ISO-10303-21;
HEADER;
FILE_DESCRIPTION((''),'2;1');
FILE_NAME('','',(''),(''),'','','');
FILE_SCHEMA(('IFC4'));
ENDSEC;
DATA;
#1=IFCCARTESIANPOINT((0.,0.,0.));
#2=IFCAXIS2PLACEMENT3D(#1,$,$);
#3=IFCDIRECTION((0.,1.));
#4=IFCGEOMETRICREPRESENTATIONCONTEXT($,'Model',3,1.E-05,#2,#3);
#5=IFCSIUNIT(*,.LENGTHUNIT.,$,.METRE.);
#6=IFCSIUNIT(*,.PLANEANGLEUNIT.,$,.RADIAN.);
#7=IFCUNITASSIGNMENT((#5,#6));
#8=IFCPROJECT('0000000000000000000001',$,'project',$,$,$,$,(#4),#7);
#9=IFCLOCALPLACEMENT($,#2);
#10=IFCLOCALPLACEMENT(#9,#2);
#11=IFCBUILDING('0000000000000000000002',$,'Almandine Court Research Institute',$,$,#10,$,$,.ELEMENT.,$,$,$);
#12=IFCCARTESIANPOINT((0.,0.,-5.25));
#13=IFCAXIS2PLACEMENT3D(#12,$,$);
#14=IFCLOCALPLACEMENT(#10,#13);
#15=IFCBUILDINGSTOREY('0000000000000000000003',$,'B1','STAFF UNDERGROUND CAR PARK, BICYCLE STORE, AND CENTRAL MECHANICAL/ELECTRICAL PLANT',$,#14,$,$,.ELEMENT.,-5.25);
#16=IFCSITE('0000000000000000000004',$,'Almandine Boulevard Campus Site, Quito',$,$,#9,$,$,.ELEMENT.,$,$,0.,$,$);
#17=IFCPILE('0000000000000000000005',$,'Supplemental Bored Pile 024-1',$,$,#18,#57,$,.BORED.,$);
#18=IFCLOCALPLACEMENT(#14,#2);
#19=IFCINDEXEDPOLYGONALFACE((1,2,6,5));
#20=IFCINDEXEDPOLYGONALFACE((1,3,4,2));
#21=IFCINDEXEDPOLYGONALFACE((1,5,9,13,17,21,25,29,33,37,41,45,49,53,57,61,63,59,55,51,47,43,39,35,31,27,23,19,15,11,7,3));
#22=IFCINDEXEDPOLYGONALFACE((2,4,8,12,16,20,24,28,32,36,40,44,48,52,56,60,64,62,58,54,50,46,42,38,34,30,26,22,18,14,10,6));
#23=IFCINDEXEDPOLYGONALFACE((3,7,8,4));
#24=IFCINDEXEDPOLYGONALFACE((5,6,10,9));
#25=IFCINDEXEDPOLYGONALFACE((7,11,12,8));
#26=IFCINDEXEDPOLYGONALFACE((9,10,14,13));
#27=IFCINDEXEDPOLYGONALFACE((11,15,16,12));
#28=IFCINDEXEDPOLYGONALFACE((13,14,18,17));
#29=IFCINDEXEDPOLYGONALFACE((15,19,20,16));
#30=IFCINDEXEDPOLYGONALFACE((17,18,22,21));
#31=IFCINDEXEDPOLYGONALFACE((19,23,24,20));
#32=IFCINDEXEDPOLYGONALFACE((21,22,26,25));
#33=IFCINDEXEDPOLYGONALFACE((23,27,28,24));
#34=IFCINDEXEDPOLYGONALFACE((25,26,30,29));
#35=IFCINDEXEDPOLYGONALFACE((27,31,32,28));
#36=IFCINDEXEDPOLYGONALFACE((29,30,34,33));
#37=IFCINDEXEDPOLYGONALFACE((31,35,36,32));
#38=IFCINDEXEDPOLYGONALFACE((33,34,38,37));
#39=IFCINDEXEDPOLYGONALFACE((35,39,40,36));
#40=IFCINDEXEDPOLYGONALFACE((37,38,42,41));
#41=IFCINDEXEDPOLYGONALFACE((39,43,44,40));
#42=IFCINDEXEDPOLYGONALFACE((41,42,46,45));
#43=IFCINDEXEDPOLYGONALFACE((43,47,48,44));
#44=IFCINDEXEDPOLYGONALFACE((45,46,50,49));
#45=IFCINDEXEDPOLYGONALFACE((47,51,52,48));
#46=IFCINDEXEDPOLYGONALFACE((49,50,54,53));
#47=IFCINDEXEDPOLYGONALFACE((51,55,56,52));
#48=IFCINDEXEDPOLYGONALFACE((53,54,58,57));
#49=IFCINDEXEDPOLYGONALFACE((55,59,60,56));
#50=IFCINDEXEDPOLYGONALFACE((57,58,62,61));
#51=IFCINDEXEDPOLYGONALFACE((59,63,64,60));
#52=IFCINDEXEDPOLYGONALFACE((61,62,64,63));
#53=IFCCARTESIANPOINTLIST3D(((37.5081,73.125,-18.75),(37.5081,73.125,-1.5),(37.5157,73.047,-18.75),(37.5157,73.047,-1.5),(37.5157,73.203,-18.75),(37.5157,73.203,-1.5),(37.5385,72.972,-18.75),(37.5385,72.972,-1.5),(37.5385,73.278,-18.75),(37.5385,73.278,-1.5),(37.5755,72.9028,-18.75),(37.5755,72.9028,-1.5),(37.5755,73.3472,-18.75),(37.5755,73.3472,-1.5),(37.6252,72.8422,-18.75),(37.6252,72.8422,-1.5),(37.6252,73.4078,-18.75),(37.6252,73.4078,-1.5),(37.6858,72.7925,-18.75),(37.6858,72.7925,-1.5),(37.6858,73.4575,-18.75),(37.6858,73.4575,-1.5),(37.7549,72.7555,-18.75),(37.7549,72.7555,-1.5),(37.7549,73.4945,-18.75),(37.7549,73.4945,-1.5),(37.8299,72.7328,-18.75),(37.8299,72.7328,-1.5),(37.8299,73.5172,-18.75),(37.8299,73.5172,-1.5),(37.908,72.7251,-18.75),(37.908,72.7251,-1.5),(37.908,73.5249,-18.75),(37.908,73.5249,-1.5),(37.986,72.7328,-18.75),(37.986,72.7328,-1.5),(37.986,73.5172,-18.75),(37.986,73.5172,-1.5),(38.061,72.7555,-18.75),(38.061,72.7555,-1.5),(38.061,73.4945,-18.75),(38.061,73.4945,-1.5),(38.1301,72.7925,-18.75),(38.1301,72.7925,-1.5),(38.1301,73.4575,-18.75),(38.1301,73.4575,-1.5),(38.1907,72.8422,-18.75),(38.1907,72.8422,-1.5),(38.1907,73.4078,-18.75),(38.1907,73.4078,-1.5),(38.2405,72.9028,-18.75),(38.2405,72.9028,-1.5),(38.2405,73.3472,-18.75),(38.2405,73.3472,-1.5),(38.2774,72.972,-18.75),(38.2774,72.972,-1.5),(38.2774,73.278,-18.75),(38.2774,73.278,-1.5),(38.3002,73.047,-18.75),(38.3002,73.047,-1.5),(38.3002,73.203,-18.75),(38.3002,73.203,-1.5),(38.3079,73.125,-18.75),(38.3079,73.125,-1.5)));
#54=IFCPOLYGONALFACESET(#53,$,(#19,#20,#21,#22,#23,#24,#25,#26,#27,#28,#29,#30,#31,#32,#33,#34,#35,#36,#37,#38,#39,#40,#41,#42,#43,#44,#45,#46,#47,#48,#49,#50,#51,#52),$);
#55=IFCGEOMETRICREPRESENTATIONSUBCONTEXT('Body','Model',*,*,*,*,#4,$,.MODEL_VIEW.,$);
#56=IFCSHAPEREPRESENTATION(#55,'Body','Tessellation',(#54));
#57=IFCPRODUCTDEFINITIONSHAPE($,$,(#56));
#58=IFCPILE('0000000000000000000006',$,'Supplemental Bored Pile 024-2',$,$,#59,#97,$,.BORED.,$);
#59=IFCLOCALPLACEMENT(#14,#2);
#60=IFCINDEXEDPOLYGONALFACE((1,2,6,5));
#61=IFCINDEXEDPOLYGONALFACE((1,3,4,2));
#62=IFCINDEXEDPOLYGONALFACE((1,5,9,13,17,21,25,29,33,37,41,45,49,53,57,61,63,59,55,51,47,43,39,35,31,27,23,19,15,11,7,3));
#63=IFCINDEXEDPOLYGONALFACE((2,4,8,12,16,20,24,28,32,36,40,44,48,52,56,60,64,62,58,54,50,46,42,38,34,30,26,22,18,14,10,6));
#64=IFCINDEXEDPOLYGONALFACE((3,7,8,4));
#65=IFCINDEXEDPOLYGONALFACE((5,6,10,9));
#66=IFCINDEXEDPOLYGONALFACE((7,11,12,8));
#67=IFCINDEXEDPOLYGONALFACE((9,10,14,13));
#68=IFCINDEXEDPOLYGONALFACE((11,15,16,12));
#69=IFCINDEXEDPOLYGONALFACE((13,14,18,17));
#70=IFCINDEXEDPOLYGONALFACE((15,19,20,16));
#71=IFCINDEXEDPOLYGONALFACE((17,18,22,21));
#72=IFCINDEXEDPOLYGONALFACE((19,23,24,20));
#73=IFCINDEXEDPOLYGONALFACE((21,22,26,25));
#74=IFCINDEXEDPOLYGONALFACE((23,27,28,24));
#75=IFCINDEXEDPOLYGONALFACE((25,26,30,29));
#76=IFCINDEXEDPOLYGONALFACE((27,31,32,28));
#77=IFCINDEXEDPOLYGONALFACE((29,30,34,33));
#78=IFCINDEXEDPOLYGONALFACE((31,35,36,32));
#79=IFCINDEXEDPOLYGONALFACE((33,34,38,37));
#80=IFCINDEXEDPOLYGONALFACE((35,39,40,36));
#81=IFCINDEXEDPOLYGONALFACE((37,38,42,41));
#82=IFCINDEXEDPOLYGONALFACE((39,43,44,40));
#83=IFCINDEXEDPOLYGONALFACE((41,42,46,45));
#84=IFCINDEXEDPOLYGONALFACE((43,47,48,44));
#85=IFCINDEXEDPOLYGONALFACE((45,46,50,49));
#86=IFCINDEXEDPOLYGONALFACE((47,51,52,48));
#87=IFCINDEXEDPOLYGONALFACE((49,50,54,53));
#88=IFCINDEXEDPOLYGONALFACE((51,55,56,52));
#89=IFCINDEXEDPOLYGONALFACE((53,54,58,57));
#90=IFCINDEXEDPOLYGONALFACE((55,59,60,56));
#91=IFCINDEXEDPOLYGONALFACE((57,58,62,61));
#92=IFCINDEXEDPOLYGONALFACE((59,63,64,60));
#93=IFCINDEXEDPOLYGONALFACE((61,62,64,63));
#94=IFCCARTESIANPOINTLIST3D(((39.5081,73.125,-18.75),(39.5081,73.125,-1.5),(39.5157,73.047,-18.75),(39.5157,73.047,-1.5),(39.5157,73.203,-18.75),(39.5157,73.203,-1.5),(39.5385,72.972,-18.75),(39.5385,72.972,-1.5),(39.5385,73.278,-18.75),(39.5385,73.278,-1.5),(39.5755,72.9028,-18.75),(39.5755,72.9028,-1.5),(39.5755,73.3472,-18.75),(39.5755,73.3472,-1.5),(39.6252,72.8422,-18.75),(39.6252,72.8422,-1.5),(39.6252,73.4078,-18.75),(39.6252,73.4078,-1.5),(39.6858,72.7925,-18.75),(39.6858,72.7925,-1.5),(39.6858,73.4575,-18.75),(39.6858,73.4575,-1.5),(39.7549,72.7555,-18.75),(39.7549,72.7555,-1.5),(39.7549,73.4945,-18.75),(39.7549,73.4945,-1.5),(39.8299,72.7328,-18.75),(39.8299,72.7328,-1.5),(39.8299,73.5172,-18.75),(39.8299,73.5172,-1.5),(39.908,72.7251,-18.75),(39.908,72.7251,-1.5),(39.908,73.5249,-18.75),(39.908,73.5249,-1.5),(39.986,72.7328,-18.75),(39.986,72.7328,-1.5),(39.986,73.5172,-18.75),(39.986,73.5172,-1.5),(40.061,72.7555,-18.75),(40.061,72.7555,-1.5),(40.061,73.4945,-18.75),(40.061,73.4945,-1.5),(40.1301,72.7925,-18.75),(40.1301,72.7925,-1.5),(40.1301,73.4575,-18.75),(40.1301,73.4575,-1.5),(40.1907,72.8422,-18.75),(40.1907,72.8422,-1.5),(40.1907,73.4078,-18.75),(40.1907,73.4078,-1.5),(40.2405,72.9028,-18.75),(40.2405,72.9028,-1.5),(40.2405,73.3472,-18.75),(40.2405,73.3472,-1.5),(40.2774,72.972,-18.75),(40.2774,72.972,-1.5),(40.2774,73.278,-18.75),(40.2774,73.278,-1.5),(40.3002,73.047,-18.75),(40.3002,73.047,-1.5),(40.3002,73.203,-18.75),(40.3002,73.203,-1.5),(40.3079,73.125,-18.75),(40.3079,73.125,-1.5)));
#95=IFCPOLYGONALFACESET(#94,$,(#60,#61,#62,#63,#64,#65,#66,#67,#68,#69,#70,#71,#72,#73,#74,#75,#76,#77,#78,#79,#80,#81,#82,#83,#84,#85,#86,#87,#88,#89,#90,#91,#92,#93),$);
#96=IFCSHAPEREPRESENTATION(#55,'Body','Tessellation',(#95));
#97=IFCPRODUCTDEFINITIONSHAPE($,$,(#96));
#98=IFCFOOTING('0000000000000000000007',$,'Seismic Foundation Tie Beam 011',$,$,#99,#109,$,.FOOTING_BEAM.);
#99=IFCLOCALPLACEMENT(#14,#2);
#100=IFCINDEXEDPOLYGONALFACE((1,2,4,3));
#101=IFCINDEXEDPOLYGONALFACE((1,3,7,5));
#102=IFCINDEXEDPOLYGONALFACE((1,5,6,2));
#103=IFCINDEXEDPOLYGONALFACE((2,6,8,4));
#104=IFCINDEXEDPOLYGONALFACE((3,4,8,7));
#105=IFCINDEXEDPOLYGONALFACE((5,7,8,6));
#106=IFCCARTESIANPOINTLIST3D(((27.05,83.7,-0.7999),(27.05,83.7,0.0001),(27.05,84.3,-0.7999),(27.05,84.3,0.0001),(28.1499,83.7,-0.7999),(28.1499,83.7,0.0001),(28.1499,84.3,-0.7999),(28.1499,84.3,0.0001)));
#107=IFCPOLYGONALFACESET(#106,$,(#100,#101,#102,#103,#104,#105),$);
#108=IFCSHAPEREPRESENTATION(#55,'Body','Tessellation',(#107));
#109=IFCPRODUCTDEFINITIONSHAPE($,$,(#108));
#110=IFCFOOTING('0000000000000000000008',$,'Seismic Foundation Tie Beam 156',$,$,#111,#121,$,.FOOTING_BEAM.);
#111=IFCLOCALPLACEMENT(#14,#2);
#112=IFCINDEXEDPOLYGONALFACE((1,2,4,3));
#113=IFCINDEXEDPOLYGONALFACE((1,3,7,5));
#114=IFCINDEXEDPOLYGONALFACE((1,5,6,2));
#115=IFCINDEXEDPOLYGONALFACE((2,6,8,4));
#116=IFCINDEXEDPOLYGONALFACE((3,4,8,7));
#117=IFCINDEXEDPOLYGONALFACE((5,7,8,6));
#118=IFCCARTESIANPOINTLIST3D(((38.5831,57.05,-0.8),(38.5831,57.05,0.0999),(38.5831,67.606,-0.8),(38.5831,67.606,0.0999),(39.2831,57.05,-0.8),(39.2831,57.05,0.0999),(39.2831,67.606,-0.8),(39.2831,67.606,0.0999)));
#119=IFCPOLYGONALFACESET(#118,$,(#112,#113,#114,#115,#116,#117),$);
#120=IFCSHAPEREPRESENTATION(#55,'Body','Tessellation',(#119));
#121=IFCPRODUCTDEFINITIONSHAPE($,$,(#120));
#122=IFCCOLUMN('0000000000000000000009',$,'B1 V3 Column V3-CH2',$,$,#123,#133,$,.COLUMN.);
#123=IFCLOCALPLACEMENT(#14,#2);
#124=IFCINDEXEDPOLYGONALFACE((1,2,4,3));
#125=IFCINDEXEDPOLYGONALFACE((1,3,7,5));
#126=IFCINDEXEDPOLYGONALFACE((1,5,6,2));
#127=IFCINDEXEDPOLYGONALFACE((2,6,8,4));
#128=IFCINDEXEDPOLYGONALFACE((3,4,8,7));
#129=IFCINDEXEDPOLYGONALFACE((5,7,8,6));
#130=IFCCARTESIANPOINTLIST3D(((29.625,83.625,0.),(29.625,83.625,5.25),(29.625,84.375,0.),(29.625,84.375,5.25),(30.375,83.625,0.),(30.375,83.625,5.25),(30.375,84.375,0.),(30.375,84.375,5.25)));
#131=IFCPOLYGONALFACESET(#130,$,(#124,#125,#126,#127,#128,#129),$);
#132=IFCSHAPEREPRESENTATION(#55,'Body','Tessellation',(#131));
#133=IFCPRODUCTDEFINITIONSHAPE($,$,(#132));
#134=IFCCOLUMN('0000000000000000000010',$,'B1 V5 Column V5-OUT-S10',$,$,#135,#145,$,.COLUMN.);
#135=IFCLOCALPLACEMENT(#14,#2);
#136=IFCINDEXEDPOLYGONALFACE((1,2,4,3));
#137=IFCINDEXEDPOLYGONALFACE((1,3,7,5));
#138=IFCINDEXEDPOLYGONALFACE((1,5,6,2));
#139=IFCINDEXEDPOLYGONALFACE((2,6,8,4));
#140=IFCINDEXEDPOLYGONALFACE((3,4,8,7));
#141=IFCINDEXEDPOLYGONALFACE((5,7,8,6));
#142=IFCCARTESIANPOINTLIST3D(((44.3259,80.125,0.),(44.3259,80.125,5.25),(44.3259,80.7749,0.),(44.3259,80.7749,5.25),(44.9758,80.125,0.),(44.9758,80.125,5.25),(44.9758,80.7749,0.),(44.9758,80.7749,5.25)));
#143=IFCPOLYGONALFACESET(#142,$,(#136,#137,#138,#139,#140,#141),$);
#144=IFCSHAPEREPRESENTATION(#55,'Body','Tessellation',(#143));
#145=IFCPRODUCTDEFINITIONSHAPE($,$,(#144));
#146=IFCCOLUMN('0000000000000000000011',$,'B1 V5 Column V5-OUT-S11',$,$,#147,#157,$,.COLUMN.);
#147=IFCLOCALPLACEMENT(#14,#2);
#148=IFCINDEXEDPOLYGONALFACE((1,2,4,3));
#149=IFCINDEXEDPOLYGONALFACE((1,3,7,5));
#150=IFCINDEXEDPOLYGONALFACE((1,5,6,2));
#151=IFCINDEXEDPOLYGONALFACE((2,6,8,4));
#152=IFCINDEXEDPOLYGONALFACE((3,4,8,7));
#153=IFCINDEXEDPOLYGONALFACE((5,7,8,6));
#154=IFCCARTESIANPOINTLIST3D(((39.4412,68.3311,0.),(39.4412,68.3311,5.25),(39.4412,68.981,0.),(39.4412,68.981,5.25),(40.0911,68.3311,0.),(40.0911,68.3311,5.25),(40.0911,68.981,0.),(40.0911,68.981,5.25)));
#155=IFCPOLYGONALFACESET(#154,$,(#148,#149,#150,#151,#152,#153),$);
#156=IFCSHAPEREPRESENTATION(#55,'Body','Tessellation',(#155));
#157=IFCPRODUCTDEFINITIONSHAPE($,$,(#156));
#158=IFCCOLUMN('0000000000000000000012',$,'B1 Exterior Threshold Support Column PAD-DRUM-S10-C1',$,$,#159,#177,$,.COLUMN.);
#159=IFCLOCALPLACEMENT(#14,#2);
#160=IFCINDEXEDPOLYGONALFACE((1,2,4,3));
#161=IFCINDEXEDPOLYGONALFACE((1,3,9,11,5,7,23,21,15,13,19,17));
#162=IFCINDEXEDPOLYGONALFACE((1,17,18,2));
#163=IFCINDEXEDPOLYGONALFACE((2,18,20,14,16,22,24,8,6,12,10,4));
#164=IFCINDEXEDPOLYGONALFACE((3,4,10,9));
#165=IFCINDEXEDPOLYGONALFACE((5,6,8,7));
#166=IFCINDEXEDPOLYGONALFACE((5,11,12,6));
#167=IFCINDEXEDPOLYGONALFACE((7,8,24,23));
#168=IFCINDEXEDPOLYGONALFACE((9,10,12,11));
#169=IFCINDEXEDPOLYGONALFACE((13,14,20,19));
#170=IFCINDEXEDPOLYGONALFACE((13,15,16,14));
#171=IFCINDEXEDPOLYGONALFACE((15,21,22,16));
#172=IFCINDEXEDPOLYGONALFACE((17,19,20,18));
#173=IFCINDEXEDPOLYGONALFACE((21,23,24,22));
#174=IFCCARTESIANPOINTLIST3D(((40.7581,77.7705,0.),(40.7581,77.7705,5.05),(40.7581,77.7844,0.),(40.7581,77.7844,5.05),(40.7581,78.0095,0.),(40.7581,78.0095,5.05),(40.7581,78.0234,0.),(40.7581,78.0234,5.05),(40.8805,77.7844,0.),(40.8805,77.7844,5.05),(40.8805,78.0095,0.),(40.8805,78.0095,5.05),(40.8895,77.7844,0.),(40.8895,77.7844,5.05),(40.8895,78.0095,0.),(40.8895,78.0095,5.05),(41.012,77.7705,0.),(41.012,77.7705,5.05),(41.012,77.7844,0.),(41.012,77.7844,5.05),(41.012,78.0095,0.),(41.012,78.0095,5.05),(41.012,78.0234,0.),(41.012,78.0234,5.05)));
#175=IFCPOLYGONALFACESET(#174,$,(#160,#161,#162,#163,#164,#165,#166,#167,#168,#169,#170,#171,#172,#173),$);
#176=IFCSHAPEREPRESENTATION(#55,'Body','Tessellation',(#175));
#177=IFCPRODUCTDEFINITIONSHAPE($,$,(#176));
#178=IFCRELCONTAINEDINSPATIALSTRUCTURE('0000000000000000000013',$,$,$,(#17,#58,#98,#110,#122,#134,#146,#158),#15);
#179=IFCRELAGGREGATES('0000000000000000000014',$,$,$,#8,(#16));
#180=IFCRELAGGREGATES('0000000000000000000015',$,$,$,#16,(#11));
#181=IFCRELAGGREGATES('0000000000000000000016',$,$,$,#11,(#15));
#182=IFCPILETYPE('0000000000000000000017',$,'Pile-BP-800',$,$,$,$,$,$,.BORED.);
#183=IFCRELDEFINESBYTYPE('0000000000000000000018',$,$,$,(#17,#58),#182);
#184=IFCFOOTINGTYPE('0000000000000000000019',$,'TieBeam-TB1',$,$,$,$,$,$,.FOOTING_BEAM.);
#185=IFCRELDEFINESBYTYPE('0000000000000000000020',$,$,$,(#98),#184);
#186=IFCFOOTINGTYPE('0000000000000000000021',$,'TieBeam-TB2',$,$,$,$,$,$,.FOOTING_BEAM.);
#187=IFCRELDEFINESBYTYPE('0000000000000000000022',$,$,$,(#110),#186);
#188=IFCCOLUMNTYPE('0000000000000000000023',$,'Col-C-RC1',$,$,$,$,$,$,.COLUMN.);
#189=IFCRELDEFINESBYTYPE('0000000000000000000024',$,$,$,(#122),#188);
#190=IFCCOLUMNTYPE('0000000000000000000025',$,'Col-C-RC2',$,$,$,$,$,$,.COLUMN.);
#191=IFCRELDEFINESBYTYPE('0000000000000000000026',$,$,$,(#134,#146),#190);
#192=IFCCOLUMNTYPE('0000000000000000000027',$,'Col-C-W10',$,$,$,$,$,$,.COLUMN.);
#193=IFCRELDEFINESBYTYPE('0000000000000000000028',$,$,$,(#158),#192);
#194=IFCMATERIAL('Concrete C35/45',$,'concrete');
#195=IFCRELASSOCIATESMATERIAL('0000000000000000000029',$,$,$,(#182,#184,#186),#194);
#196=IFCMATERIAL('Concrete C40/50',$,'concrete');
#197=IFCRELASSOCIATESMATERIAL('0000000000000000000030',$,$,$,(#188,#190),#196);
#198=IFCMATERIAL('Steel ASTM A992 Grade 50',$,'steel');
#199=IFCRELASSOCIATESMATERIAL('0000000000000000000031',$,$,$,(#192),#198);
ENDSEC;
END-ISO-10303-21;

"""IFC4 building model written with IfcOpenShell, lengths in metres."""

from ifc_helpers import new_model, si_unit, direction, frame, origin, origin_2d, place, context, subcontext, project, spatial, rectangle, circle, i_section, extrude, material, material_profile, profile_set, type_object, element, save


model = new_model("IFC4")

# Units and contexts
model_context = context("Model", 3, precision=1e-05, world=origin(), true_north=direction((0.0, 1.0)))
body_context = subcontext(model_context, "Body", "Model", "MODEL_VIEW")
ifc_project = project(units=[si_unit("LENGTHUNIT", "METRE"), si_unit("PLANEANGLEUNIT", "RADIAN")], contexts=[model_context])

# Site, building, storey
site_placement = place(None, origin())
site = spatial("IfcSite", under=ifc_project, at=site_placement, Name="Almandine Boulevard Campus Site, Quito", CompositionType="ELEMENT", RefElevation=0.0)
building_placement = place(site_placement, origin())
building = spatial("IfcBuilding", under=site, at=building_placement, Name="Almandine Court Research Institute", CompositionType="ELEMENT")
storey_placement = place(building_placement, frame((0.0, 0.0, -5.25)))
storey = spatial("IfcBuildingStorey", under=building, at=storey_placement, Name="B1", Description="STAFF UNDERGROUND CAR PARK, BICYCLE STORE, AND CENTRAL MECHANICAL/ELECTRICAL PLANT", CompositionType="ELEMENT", Elevation=-5.25)

# Shared definitions
ifc_material_1 = material(Name="Concrete C35/45", Category="concrete")

# Piles
ifc_material_profile_1 = material_profile(ifc_material_1, circle(Radius=0.3999, at=origin_2d()), Name="BORED PILE D800")
ifc_profile_set_1 = profile_set([ifc_material_profile_1], Name="Concrete C35/45")
pile_type_1 = type_object("IfcPileType", Name="Pile-BP-800", PredefinedType="BORED", material=ifc_profile_set_1)
for number, where, z_axis, x_axis, name in (
    (1, (37.908, 73.125, -1.5), (0.0, 0.0, -1.0), (1.0, 0.0, 0.0), "Supplemental Bored Pile 024-1"),
    (2, (39.908, 73.125, -1.5), (0.0, 0.0, -1.0), (1.0, 0.0, 0.0), "Supplemental Bored Pile 024-2"),
):
    element("IfcPile", number, at=place(storey_placement, frame(where, z_axis=z_axis, x_axis=x_axis)), inside=storey, type_object=pile_type_1, Name=name, PredefinedType="BORED", context=body_context, shape_type="SweptSolid", body=[
        extrude(circle(Radius=0.3999, at=origin_2d()), origin(), (0.0, 0.0, 1.0), 17.25),
    ])

# Footings
ifc_material_profile_2 = material_profile(ifc_material_1, rectangle(XDim=0.6001, YDim=0.8, at=origin_2d()), Name="RC TIE 600x800")
ifc_profile_set_2 = profile_set([ifc_material_profile_2], Name="Concrete C35/45")
footing_type_1 = type_object("IfcFootingType", Name="TieBeam-TB1", PredefinedType="FOOTING_BEAM", material=ifc_profile_set_2)
footing_1_placement = place(storey_placement, frame((27.05, 84.0, -0.3999), z_axis=(1.0, 0.0, 0.0), x_axis=(0.0, 1.0, 0.0)))
element("IfcFooting", 3, at=footing_1_placement, inside=storey, type_object=footing_type_1, Name="Seismic Foundation Tie Beam 011", PredefinedType="FOOTING_BEAM", context=body_context, shape_type="SweptSolid", body=[
    extrude(rectangle(XDim=0.6001, YDim=0.8, at=origin_2d()), origin(), (0.0, 0.0, 1.0), 1.0999),
])
ifc_material_profile_3 = material_profile(ifc_material_1, rectangle(XDim=0.7, YDim=0.8999, at=origin_2d()), Name="RC TIE 700x900")
ifc_profile_set_3 = profile_set([ifc_material_profile_3], Name="Concrete C35/45")
footing_type_2 = type_object("IfcFootingType", Name="TieBeam-TB2", PredefinedType="FOOTING_BEAM", material=ifc_profile_set_3)
footing_2_placement = place(storey_placement, frame((38.9331, 57.05, -0.3501), z_axis=(0.0, 1.0, 0.0), x_axis=(-1.0, 0.0, 0.0)))
element("IfcFooting", 4, at=footing_2_placement, inside=storey, type_object=footing_type_2, Name="Seismic Foundation Tie Beam 156", PredefinedType="FOOTING_BEAM", context=body_context, shape_type="SweptSolid", body=[
    extrude(rectangle(XDim=0.7, YDim=0.8999, at=origin_2d()), origin(), (0.0, 0.0, 1.0), 10.5559),
])

# Columns
ifc_material_2 = material(Name="Concrete C40/50", Category="concrete")
ifc_material_profile_4 = material_profile(ifc_material_2, rectangle(XDim=0.75, YDim=0.75, at=origin_2d()), Name="RC 750x750")
ifc_profile_set_4 = profile_set([ifc_material_profile_4], Name="Concrete C40/50")
column_type_1 = type_object("IfcColumnType", Name="Col-C-RC1", PredefinedType="COLUMN", material=ifc_profile_set_4)
column_placement = place(storey_placement, frame((30.0, 84.0, 0.0), z_axis=(0.0, 0.0, 1.0), x_axis=(1.0, 0.0, 0.0)))
element("IfcColumn", 5, at=column_placement, inside=storey, type_object=column_type_1, Name="B1 V3 Column V3-CH2", PredefinedType="COLUMN", context=body_context, shape_type="SweptSolid", body=[
    extrude(rectangle(XDim=0.75, YDim=0.75, at=origin_2d()), origin(), (0.0, 0.0, 1.0), 5.25),
])
ifc_material_profile_5 = material_profile(ifc_material_2, rectangle(XDim=0.6499, YDim=0.6499, at=origin_2d()), Name="RC 650x650")
ifc_profile_set_5 = profile_set([ifc_material_profile_5], Name="Concrete C40/50")
column_type_2 = type_object("IfcColumnType", Name="Col-C-RC2", PredefinedType="COLUMN", material=ifc_profile_set_5)
for number, where, z_axis, x_axis, name in (
    (6, (44.6509, 80.45, 0.0), (0.0, 0.0, 1.0), (1.0, 0.0, 0.0), "B1 V5 Column V5-OUT-S10"),
    (7, (39.7661, 68.656, 0.0), (0.0, 0.0, 1.0), (1.0, 0.0, 0.0), "B1 V5 Column V5-OUT-S11"),
):
    element("IfcColumn", number, at=place(storey_placement, frame(where, z_axis=z_axis, x_axis=x_axis)), inside=storey, type_object=column_type_2, Name=name, PredefinedType="COLUMN", context=body_context, shape_type="SweptSolid", body=[
        extrude(rectangle(XDim=0.6499, YDim=0.6499, at=origin_2d()), origin(), (0.0, 0.0, 1.0), 5.25),
    ])
ifc_material_3 = material(Name="Steel ASTM A992 Grade 50", Category="steel")
ifc_material_profile_6 = material_profile(ifc_material_3, i_section(OverallWidth=0.2539, OverallDepth=0.2529, WebThickness=0.009, FlangeThickness=0.0139, at=origin_2d()), Name="W250x73")
ifc_profile_set_6 = profile_set([ifc_material_profile_6], Name="Steel ASTM A992 Grade 50")
column_type_3 = type_object("IfcColumnType", Name="Col-C-W10", PredefinedType="COLUMN", material=ifc_profile_set_6)
for number, where, z_axis, x_axis, name in (
    (8, (40.885, 77.897, 0.0), (0.0, 0.0, 1.0), (1.0, 0.0, 0.0), "B1 Exterior Threshold Support Column PAD-DRUM-S10-C1"),
):
    element("IfcColumn", number, at=place(storey_placement, frame(where, z_axis=z_axis, x_axis=x_axis)), inside=storey, type_object=column_type_3, Name=name, PredefinedType="COLUMN", context=body_context, shape_type="SweptSolid", body=[
        extrude(i_section(OverallWidth=0.2539, OverallDepth=0.2529, WebThickness=0.009, FlangeThickness=0.0139, at=origin_2d()), origin(), (0.0, 0.0, 1.0), 5.05),
    ])

save(model, "model.ifc")
